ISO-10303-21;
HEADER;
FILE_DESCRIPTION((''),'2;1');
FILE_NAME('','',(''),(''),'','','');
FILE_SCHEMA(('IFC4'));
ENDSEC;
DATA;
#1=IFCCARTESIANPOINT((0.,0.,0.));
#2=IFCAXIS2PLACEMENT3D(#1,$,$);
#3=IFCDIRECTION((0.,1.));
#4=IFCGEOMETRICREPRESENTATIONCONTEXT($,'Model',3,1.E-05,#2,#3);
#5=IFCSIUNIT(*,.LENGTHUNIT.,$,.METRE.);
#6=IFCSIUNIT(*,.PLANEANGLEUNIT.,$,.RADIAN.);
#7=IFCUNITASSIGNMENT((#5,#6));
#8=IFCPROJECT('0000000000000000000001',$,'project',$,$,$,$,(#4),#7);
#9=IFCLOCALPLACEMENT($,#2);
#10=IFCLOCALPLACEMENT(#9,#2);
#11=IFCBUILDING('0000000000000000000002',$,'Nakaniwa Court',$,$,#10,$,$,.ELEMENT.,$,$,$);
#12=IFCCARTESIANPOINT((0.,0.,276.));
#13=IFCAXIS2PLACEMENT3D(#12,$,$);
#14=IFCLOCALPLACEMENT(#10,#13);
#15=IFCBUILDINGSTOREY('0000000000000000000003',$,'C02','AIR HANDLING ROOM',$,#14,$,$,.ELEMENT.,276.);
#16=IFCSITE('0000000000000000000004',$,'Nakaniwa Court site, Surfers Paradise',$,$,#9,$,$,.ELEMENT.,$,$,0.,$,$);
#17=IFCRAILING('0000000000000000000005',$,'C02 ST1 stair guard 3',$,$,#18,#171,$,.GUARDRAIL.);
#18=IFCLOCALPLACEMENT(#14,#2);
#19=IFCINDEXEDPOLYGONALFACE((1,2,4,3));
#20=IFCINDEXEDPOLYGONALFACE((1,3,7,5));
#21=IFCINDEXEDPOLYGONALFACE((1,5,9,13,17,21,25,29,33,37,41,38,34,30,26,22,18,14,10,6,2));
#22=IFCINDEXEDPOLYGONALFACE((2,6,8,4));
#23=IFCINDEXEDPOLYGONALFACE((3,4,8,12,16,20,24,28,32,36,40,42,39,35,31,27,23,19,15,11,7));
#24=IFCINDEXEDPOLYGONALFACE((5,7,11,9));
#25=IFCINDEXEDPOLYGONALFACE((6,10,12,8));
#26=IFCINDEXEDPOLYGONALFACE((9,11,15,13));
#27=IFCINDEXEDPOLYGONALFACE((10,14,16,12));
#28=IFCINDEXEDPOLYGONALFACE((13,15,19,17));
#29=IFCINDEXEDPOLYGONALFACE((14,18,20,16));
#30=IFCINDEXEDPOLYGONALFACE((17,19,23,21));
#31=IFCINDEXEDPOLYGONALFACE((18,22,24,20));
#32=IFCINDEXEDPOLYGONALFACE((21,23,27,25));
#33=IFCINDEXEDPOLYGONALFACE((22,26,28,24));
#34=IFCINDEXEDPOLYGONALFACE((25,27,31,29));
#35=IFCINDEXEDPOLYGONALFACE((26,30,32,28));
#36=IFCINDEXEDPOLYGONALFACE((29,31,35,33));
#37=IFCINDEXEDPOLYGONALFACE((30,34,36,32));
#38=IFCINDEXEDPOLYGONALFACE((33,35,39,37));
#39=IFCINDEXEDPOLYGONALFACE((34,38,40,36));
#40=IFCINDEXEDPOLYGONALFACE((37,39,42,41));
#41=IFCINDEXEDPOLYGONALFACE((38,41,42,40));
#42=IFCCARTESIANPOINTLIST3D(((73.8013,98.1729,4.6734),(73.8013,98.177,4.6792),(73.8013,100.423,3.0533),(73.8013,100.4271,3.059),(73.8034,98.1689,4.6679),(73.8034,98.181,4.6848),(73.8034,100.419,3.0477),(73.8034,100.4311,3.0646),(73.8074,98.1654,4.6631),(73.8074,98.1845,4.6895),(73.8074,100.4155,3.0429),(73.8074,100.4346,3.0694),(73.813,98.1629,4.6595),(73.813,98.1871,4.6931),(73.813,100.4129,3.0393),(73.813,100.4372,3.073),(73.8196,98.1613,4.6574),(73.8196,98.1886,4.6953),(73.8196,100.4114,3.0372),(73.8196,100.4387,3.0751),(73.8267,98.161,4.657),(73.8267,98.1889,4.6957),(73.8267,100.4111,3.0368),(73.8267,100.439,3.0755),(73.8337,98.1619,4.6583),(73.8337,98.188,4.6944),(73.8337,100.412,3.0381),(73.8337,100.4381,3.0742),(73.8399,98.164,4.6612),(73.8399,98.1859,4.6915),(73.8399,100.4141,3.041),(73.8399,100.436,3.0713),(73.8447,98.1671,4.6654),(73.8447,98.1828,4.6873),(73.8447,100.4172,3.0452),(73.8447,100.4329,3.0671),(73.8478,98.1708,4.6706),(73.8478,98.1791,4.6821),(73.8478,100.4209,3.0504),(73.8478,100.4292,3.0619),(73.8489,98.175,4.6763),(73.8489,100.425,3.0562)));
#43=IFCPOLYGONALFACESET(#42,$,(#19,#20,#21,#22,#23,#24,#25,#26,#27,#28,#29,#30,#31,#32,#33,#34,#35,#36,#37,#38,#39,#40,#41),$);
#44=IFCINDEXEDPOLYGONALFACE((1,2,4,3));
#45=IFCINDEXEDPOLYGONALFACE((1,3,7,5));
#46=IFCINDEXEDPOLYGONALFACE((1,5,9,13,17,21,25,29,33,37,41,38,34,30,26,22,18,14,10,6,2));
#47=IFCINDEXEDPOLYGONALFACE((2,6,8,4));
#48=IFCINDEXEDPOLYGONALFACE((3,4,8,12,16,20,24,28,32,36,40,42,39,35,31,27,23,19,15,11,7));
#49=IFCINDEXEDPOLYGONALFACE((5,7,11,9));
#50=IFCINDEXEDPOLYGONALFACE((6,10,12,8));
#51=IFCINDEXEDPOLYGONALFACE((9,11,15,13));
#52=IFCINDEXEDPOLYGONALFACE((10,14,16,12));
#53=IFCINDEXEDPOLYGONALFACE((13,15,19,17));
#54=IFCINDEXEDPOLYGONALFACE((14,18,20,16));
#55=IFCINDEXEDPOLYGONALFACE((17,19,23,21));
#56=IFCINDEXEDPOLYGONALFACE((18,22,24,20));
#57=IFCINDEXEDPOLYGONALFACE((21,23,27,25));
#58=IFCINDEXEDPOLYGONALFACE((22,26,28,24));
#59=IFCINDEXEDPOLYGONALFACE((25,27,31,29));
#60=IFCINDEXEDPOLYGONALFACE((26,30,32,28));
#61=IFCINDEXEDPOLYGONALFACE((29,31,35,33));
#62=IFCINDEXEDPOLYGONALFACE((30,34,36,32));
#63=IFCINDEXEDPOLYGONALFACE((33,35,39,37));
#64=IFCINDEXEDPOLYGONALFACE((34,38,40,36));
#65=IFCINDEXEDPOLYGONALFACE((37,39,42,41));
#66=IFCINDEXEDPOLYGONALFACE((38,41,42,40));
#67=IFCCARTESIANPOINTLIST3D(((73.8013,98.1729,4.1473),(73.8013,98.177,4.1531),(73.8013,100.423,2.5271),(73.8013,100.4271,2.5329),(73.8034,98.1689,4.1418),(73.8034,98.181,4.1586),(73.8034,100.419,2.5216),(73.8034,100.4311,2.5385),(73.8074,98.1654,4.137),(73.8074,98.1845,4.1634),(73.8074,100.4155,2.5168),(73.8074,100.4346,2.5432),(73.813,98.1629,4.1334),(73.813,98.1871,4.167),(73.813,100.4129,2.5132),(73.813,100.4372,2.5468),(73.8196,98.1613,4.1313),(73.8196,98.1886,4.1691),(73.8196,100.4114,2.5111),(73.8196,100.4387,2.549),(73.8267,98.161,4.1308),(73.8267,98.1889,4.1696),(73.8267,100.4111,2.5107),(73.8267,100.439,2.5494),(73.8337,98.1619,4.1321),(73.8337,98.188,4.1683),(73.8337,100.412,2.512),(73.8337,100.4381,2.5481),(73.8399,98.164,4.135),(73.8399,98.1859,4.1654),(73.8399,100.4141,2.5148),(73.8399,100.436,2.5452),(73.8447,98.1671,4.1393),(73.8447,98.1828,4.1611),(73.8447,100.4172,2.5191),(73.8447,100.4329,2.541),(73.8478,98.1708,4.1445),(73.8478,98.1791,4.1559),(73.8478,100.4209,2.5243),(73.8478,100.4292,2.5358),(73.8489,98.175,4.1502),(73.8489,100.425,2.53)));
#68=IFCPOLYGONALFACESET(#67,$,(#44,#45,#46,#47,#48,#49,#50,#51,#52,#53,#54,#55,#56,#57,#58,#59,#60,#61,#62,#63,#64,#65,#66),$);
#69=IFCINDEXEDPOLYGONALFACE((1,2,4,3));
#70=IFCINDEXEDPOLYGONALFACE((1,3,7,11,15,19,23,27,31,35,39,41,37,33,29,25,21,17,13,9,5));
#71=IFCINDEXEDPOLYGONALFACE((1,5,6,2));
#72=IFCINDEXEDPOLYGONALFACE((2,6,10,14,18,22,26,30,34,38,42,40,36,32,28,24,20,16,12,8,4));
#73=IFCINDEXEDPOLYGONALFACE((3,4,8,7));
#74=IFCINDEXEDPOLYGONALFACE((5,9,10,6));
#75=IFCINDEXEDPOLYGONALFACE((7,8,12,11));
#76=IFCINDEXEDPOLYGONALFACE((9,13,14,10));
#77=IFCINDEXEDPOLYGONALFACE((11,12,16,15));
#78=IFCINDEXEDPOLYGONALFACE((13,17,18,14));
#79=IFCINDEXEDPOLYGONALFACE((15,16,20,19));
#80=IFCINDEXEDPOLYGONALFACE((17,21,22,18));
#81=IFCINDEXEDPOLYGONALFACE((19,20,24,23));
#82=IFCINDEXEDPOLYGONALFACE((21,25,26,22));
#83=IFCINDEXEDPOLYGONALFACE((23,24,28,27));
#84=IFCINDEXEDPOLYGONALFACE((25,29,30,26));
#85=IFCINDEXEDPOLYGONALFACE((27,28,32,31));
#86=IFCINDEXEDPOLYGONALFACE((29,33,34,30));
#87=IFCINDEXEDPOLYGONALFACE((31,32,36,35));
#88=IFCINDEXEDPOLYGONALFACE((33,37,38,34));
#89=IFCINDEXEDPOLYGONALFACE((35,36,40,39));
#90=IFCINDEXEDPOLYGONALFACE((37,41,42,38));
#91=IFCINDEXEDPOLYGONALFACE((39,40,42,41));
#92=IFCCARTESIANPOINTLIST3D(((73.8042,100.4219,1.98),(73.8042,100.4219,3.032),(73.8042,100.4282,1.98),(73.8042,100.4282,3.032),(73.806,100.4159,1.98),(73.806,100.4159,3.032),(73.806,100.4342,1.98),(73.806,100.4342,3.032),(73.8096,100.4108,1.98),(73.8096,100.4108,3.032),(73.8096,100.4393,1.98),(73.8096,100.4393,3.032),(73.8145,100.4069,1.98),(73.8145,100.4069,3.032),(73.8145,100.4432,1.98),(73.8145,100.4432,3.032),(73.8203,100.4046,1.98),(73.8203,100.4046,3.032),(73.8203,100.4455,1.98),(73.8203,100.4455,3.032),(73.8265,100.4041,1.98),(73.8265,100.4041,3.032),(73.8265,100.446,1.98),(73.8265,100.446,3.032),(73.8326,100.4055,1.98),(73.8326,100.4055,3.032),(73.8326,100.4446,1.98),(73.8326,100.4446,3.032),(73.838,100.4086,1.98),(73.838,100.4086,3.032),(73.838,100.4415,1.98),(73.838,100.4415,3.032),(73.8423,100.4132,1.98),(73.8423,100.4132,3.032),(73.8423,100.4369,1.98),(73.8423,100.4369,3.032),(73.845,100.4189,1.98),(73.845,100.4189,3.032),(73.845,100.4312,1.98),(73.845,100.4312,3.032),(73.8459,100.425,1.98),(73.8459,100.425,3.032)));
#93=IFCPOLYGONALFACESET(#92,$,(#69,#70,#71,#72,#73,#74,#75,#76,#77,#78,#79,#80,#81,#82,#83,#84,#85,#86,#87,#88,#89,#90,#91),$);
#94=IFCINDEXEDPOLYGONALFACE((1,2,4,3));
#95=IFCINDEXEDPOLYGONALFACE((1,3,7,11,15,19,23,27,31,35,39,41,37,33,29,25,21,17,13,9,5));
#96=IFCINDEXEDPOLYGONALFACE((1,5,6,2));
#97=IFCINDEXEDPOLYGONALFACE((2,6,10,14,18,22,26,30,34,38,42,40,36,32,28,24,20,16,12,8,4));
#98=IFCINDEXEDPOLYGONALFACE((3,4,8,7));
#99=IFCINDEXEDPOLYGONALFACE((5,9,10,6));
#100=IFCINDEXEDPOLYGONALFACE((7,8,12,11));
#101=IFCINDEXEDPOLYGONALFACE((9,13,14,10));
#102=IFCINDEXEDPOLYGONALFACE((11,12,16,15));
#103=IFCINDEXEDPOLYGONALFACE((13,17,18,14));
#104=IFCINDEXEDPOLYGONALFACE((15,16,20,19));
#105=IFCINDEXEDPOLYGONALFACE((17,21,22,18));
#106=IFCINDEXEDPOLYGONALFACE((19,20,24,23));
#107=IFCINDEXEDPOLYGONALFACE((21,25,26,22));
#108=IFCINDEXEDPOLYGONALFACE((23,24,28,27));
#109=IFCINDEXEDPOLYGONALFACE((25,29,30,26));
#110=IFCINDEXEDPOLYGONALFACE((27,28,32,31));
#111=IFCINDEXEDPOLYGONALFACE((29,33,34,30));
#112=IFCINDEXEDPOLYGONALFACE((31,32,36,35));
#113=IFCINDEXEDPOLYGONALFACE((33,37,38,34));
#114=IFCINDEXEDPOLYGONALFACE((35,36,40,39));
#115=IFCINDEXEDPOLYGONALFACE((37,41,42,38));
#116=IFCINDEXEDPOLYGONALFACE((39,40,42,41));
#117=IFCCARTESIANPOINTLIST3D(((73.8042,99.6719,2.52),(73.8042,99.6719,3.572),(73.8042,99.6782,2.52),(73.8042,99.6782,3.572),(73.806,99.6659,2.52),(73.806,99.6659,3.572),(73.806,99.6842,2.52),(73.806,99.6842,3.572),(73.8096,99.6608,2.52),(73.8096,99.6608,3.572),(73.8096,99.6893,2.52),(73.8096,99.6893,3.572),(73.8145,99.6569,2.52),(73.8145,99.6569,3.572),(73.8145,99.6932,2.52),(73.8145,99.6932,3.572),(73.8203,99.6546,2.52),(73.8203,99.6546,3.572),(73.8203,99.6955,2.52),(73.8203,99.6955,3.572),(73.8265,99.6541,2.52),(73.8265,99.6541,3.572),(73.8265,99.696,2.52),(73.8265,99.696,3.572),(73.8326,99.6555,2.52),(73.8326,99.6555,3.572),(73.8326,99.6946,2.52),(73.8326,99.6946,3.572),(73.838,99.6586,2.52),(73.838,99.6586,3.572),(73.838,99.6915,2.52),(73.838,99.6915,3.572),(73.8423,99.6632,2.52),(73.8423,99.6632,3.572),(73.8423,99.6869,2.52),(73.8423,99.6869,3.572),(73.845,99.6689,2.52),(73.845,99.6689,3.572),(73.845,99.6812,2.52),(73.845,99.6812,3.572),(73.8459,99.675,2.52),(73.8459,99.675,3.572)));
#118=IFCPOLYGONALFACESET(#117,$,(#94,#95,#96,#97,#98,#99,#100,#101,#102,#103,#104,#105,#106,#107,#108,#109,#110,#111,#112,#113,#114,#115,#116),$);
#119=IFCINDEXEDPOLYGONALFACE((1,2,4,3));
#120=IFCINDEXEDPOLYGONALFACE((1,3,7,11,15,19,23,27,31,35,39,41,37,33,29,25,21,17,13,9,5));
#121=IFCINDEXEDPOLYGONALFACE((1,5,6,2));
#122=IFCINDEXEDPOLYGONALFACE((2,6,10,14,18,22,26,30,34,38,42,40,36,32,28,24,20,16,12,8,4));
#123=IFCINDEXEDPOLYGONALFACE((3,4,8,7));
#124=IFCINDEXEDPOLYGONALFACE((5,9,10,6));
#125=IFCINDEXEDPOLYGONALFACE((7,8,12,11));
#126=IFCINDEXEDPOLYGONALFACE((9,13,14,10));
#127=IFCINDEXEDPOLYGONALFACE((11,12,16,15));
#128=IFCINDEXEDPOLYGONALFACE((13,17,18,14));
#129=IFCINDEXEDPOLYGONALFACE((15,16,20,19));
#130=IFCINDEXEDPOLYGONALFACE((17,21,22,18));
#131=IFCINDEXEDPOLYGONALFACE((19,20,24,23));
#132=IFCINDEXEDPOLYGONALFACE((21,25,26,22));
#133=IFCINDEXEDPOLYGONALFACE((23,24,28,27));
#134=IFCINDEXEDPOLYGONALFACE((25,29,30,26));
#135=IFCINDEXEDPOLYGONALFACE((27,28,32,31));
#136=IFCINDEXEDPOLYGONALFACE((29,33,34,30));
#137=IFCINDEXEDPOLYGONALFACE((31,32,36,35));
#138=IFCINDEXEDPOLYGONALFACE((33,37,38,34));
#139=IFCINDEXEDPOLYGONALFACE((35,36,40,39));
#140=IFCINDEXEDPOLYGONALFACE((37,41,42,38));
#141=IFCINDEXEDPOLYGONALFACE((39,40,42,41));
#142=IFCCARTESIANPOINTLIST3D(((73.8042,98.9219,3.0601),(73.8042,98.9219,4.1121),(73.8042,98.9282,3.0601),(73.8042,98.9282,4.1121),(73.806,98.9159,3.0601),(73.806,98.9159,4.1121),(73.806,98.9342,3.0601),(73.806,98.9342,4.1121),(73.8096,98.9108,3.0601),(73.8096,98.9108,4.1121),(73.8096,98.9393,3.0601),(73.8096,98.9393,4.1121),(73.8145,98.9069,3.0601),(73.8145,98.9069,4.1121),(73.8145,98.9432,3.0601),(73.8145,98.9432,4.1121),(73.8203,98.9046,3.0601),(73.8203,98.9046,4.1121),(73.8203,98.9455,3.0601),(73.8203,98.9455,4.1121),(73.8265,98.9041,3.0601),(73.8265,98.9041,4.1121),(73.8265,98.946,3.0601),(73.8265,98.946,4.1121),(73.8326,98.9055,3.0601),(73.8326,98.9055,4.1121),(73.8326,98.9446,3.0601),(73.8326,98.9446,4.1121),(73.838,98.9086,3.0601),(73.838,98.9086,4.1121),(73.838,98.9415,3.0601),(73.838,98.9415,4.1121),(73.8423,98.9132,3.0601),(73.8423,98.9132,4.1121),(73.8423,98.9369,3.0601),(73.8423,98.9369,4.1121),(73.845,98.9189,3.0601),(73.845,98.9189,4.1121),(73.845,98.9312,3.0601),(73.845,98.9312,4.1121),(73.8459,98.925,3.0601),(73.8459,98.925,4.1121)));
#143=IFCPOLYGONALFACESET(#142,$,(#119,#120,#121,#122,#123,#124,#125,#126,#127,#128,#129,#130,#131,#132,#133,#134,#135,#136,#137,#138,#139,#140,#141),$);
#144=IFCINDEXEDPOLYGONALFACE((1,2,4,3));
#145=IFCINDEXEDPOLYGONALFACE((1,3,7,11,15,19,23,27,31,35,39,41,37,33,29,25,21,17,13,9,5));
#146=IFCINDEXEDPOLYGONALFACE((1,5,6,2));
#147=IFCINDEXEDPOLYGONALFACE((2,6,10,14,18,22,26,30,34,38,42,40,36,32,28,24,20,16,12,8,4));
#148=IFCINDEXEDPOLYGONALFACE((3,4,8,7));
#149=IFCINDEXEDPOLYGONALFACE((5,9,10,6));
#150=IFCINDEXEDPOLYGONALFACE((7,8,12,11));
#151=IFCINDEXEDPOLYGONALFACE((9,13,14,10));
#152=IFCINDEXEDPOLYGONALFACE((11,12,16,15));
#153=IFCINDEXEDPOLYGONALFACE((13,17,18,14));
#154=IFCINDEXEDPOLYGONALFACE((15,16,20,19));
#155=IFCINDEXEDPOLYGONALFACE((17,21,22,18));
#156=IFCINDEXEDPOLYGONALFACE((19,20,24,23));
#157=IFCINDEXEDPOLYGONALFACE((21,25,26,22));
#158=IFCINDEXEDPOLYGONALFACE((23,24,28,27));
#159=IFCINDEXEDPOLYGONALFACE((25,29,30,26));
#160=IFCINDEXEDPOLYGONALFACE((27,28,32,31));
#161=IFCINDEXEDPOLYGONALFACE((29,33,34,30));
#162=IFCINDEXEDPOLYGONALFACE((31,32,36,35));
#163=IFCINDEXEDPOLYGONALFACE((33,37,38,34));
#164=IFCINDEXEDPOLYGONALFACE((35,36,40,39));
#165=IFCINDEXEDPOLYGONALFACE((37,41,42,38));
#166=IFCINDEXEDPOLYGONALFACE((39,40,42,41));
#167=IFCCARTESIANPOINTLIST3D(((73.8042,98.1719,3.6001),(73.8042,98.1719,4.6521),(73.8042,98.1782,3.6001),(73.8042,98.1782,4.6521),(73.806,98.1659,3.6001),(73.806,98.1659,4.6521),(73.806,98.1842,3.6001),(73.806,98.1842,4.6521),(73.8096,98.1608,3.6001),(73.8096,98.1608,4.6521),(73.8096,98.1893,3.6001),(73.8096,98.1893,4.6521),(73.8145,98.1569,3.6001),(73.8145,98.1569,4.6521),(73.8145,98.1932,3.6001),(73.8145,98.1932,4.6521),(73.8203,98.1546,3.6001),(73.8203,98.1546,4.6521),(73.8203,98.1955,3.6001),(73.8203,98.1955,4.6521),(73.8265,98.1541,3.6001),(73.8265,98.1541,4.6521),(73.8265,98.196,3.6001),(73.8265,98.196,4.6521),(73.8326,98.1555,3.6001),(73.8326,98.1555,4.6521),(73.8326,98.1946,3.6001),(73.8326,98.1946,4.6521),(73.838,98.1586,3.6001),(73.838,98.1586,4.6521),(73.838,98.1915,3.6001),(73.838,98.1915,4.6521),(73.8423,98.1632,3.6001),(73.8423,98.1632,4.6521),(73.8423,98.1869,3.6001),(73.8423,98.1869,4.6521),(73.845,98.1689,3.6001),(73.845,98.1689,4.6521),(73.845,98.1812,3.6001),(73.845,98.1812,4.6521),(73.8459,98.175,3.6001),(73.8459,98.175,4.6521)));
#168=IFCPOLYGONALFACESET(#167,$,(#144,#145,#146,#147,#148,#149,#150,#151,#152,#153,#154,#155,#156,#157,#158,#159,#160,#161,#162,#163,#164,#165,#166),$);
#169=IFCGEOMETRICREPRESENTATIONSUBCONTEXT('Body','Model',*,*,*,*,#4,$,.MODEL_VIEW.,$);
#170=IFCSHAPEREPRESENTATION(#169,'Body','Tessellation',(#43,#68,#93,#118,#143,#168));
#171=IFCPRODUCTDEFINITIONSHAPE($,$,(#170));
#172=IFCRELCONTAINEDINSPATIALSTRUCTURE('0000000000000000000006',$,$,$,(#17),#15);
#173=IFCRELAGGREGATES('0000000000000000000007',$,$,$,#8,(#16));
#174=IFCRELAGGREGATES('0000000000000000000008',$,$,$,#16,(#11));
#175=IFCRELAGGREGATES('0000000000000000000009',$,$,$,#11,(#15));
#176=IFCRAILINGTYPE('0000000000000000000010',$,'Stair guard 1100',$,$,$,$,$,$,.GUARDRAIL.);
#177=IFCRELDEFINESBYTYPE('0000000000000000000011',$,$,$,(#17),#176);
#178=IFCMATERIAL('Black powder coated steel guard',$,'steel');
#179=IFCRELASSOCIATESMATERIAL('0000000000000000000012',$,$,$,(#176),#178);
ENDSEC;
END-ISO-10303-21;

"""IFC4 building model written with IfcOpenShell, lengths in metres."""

from ifc_helpers import new_model, si_unit, direction, frame, origin, origin_2d, place, context, subcontext, project, spatial, circle, extrude, material, type_object, element, save


model = new_model("IFC4")

# Units and contexts
model_context = context("Model", 3, precision=1e-05, world=origin(), true_north=direction((0.0, 1.0)))
body_context = subcontext(model_context, "Body", "Model", "MODEL_VIEW")
ifc_project = project(units=[si_unit("LENGTHUNIT", "METRE"), si_unit("PLANEANGLEUNIT", "RADIAN")], contexts=[model_context])

# Site, building, storey
site_placement = place(None, origin())
site = spatial("IfcSite", under=ifc_project, at=site_placement, Name="Nakaniwa Court site, Surfers Paradise", CompositionType="ELEMENT", RefElevation=0.0)
building_placement = place(site_placement, origin())
building = spatial("IfcBuilding", under=site, at=building_placement, Name="Nakaniwa Court", CompositionType="ELEMENT")
storey_placement = place(building_placement, frame((0.0, 0.0, 276.0)))
storey = spatial("IfcBuildingStorey", under=building, at=storey_placement, Name="C02", Description="AIR HANDLING ROOM", CompositionType="ELEMENT", Elevation=276.0)

# Railing
ifc_material_1 = material(Name="Black powder coated steel guard", Category="steel")
railing_type_1 = type_object("IfcRailingType", Name="Stair guard 1100", PredefinedType="GUARDRAIL", material=ifc_material_1)
railing_1_placement = place(storey_placement, frame((73.825, 100.425, 1.98)))
element("IfcRailing", 1, at=railing_1_placement, inside=storey, type_object=railing_type_1, Name="C02 ST1 stair guard 3", PredefinedType="GUARDRAIL", context=body_context, shape_type="SweptSolid", body=[
    extrude(circle(Radius=0.0239, at=origin_2d()), frame((0.0, 0.0, 1.0762), z_axis=(0.0, -0.811514, 0.584333), x_axis=(1.0, 0.0, 0.0)), (0.0, 0.0, 1.0), 2.7727),
    extrude(circle(Radius=0.0239, at=origin_2d()), frame((0.0, 0.0, 0.55), z_axis=(0.0, -0.811514, 0.584333), x_axis=(1.0, 0.0, 0.0)), (0.0, 0.0, 1.0), 2.7727),
    extrude(circle(Radius=0.021, at=origin_2d()), origin(), (0.0, 0.0, 1.0), 1.052),
    extrude(circle(Radius=0.021, at=origin_2d()), frame((0.0, -0.75, 0.54)), (0.0, 0.0, 1.0), 1.052),
    extrude(circle(Radius=0.021, at=origin_2d()), frame((0.0, -1.5, 1.0801)), (0.0, 0.0, 1.0), 1.052),
    extrude(circle(Radius=0.021, at=origin_2d()), frame((0.0, -2.25, 1.6201)), (0.0, 0.0, 1.0), 1.052),
])

save(model, "model.ifc")
